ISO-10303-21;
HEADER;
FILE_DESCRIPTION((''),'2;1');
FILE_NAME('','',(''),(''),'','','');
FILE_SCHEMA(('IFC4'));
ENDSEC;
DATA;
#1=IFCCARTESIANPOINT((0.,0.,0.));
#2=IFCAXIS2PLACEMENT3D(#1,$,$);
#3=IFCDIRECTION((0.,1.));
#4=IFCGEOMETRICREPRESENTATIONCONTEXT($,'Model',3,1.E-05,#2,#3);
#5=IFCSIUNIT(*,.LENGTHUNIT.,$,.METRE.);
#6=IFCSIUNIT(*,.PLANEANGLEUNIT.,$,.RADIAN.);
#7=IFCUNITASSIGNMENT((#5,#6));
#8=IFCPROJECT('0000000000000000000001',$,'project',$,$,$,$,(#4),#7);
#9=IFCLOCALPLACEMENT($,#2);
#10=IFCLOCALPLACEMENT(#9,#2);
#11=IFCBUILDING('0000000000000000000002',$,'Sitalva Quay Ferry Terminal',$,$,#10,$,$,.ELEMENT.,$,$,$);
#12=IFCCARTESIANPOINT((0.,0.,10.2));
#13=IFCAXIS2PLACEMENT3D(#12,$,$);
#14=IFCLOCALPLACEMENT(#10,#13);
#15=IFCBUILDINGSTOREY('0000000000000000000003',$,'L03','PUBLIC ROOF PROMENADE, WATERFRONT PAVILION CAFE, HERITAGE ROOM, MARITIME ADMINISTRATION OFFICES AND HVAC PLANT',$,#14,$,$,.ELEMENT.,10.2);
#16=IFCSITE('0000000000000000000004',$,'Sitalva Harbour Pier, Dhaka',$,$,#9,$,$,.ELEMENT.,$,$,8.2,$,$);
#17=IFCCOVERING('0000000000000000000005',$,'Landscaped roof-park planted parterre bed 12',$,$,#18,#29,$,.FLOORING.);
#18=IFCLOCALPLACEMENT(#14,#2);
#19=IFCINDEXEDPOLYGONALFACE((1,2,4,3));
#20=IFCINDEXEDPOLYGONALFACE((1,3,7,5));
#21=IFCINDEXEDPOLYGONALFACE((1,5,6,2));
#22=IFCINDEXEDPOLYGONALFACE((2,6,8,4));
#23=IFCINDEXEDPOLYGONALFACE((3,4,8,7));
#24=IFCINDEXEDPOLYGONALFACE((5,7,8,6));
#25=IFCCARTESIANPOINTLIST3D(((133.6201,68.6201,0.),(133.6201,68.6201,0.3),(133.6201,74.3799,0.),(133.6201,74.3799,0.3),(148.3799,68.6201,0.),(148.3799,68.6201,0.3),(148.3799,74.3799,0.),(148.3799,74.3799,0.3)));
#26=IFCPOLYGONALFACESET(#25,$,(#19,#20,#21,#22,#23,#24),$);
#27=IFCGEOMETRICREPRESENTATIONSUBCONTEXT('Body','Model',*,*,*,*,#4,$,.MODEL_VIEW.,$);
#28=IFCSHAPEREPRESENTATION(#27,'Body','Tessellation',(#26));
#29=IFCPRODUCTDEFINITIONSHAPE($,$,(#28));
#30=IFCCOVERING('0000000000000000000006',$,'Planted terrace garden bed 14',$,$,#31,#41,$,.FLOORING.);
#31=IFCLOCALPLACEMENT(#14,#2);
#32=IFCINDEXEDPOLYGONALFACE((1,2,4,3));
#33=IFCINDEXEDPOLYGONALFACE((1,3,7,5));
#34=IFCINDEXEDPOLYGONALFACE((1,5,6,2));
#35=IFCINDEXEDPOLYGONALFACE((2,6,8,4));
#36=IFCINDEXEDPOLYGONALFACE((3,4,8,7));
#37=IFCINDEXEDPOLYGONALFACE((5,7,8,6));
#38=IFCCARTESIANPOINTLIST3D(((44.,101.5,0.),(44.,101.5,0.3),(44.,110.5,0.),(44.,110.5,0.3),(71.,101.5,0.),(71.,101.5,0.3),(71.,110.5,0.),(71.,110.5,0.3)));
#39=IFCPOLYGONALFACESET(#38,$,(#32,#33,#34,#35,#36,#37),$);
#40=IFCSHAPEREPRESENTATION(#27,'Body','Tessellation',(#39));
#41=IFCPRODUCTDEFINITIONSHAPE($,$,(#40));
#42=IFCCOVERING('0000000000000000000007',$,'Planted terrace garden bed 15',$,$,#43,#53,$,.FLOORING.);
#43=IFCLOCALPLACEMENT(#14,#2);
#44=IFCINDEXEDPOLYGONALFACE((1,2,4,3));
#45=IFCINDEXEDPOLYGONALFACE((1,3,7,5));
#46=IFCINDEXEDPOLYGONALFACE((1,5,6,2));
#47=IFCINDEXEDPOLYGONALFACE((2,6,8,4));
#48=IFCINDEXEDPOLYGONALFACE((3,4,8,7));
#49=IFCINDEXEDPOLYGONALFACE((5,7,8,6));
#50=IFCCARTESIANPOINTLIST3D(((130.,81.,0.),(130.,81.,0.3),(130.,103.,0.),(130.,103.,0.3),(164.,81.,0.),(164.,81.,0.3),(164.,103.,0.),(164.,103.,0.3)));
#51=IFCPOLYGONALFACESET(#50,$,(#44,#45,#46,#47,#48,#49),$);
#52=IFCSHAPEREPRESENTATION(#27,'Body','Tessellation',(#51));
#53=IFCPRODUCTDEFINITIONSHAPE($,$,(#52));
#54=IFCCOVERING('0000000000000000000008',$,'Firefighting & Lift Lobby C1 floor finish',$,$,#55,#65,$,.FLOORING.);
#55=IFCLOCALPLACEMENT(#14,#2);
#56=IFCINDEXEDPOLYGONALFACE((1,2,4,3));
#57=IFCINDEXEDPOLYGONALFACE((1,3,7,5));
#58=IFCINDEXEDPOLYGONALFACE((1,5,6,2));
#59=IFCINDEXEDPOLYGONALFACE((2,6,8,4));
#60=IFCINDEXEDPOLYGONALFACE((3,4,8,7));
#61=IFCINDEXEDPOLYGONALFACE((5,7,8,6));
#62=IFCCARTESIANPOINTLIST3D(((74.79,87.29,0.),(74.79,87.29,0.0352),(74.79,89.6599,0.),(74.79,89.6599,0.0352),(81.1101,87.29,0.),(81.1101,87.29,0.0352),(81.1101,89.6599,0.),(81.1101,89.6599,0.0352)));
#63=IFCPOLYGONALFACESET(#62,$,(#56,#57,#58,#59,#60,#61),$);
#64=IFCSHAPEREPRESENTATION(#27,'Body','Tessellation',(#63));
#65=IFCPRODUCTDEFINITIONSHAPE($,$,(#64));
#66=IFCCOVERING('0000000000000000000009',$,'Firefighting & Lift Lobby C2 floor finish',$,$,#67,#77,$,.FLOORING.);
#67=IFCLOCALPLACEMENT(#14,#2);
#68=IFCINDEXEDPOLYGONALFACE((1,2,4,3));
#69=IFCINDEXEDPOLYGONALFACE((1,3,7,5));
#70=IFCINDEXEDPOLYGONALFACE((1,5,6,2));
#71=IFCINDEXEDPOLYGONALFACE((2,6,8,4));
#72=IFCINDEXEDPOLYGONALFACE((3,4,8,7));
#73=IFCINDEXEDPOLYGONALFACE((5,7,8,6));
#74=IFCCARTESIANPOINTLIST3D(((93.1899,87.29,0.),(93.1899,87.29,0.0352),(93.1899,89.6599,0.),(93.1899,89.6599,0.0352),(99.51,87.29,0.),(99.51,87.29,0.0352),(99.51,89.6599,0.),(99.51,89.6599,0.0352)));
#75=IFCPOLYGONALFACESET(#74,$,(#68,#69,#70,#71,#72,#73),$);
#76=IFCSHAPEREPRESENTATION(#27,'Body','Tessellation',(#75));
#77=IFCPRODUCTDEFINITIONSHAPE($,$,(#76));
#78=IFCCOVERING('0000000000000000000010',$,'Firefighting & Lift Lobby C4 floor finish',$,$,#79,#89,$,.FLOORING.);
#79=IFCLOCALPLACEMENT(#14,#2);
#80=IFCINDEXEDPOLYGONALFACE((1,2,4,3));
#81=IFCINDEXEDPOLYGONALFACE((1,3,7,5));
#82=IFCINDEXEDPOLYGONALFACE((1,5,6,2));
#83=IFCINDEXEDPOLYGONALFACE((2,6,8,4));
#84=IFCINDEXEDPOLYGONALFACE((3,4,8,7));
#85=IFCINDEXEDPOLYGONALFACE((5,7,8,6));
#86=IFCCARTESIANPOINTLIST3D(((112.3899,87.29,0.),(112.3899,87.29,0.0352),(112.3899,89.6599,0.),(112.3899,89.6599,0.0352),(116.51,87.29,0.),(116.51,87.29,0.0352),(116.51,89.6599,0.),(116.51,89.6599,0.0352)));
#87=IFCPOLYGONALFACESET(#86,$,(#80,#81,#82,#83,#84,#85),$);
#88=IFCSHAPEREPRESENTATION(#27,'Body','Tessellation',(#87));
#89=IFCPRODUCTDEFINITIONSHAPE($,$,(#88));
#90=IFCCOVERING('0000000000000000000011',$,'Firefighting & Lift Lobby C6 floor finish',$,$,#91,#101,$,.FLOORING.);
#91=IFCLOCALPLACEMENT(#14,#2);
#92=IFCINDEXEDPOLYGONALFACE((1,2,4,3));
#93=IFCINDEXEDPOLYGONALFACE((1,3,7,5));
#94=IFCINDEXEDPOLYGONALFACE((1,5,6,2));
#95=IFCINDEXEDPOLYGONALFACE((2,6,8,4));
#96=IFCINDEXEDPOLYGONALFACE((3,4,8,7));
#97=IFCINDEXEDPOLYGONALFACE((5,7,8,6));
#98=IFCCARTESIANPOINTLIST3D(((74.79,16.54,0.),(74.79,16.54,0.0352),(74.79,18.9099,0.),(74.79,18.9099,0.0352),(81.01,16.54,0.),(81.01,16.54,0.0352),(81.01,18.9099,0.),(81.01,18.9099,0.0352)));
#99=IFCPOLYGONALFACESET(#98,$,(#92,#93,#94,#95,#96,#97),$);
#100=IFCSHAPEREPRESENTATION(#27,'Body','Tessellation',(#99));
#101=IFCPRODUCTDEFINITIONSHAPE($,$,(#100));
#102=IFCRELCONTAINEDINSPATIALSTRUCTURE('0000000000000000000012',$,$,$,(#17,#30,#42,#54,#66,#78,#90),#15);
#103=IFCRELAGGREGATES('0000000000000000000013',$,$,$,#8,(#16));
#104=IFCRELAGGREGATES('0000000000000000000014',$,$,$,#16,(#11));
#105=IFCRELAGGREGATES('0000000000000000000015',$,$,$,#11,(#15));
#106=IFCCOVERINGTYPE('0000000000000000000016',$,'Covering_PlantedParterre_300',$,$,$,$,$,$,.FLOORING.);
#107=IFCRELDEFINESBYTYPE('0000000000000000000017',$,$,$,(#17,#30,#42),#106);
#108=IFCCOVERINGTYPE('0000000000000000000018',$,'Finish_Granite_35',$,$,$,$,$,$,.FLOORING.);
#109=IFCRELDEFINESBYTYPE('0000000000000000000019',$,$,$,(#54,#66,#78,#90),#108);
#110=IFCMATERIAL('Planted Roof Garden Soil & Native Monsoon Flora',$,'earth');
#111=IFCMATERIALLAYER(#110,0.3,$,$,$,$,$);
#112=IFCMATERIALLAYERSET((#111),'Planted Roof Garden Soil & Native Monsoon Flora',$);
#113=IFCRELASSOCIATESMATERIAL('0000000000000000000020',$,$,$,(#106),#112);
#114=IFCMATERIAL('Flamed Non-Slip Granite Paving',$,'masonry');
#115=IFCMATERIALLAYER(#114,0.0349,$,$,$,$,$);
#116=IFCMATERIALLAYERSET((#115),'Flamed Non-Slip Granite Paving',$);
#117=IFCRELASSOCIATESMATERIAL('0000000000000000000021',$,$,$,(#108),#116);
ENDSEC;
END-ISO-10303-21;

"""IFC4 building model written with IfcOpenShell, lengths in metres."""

from ifc_helpers import new_model, si_unit, direction, frame, origin, place, context, subcontext, project, spatial, polyline, outline, extrude, material, layer, layer_set, type_object, element, save


model = new_model("IFC4")

# Units and contexts
model_context = context("Model", 3, precision=1e-05, world=origin(), true_north=direction((0.0, 1.0)))
body_context = subcontext(model_context, "Body", "Model", "MODEL_VIEW")
ifc_project = project(units=[si_unit("LENGTHUNIT", "METRE"), si_unit("PLANEANGLEUNIT", "RADIAN")], contexts=[model_context])

# Site, building, storey
site_placement = place(None, origin())
site = spatial("IfcSite", under=ifc_project, at=site_placement, Name="Sitalva Harbour Pier, Dhaka", CompositionType="ELEMENT", RefElevation=8.2)
building_placement = place(site_placement, origin())
building = spatial("IfcBuilding", under=site, at=building_placement, Name="Sitalva Quay Ferry Terminal", CompositionType="ELEMENT")
storey_placement = place(building_placement, frame((0.0, 0.0, 10.2)))
storey = spatial("IfcBuildingStorey", under=building, at=storey_placement, Name="L03", Description="PUBLIC ROOF PROMENADE, WATERFRONT PAVILION CAFE, HERITAGE ROOM, MARITIME ADMINISTRATION OFFICES AND HVAC PLANT", CompositionType="ELEMENT", Elevation=10.2)

# Coverings
ifc_material_1 = material(Name="Planted Roof Garden Soil & Native Monsoon Flora", Category="earth")
ifc_layer_1 = layer(ifc_material_1, 0.3)
ifc_layer_set_1 = layer_set([ifc_layer_1], Name="Planted Roof Garden Soil & Native Monsoon Flora")
covering_type_1 = type_object("IfcCoveringType", Name="Covering_PlantedParterre_300", PredefinedType="FLOORING", material=ifc_layer_set_1)
covering_1_placement = place(storey_placement, origin())
element("IfcCovering", 1, at=covering_1_placement, inside=storey, type_object=covering_type_1, Name="Landscaped roof-park planted parterre bed 12", PredefinedType="FLOORING", context=body_context, shape_type="SweptSolid", body=[
    extrude(outline(polyline([(133.6201, 68.6201), (148.3799, 68.6201), (148.3799, 74.3799), (133.6201, 74.3799), (133.6201, 68.6201)])), origin(), (0.0, 0.0, 1.0), 0.3),
])
covering_2_placement = place(storey_placement, origin())
element("IfcCovering", 2, at=covering_2_placement, inside=storey, type_object=covering_type_1, Name="Planted terrace garden bed 14", PredefinedType="FLOORING", context=body_context, shape_type="SweptSolid", body=[
    extrude(outline(polyline([(44.0, 101.5), (71.0, 101.5), (71.0, 110.5), (44.0, 110.5), (44.0, 101.5)])), origin(), (0.0, 0.0, 1.0), 0.3),
])
covering_3_placement = place(storey_placement, origin())
element("IfcCovering", 3, at=covering_3_placement, inside=storey, type_object=covering_type_1, Name="Planted terrace garden bed 15", PredefinedType="FLOORING", context=body_context, shape_type="SweptSolid", body=[
    extrude(outline(polyline([(130.0, 81.0), (164.0, 81.0), (164.0, 103.0), (130.0, 103.0), (130.0, 81.0)])), origin(), (0.0, 0.0, 1.0), 0.3),
])
ifc_material_2 = material(Name="Flamed Non-Slip Granite Paving", Category="masonry")
ifc_layer_2 = layer(ifc_material_2, 0.0349)
ifc_layer_set_2 = layer_set([ifc_layer_2], Name="Flamed Non-Slip Granite Paving")
covering_type_2 = type_object("IfcCoveringType", Name="Finish_Granite_35", PredefinedType="FLOORING", material=ifc_layer_set_2)
covering_4_placement = place(storey_placement, origin())
element("IfcCovering", 4, at=covering_4_placement, inside=storey, type_object=covering_type_2, Name="Firefighting & Lift Lobby C1 floor finish", PredefinedType="FLOORING", context=body_context, shape_type="SweptSolid", body=[
    extrude(outline(polyline([(74.79, 87.29), (81.1101, 87.29), (81.1101, 89.6599), (74.79, 89.6599), (74.79, 87.29)])), origin(), (0.0, 0.0, 1.0), 0.0352),
])
covering_5_placement = place(storey_placement, origin())
element("IfcCovering", 5, at=covering_5_placement, inside=storey, type_object=covering_type_2, Name="Firefighting & Lift Lobby C2 floor finish", PredefinedType="FLOORING", context=body_context, shape_type="SweptSolid", body=[
    extrude(outline(polyline([(93.1899, 87.29), (99.51, 87.29), (99.51, 89.6599), (93.1899, 89.6599), (93.1899, 87.29)])), origin(), (0.0, 0.0, 1.0), 0.0352),
])
covering_6_placement = place(storey_placement, origin())
element("IfcCovering", 6, at=covering_6_placement, inside=storey, type_object=covering_type_2, Name="Firefighting & Lift Lobby C4 floor finish", PredefinedType="FLOORING", context=body_context, shape_type="SweptSolid", body=[
    extrude(outline(polyline([(112.3899, 87.29), (116.51, 87.29), (116.51, 89.6599), (112.3899, 89.6599), (112.3899, 87.29)])), origin(), (0.0, 0.0, 1.0), 0.0352),
])
covering_7_placement = place(storey_placement, origin())
element("IfcCovering", 7, at=covering_7_placement, inside=storey, type_object=covering_type_2, Name="Firefighting & Lift Lobby C6 floor finish", PredefinedType="FLOORING", context=body_context, shape_type="SweptSolid", body=[
    extrude(outline(polyline([(74.79, 16.54), (81.01, 16.54), (81.01, 18.9099), (74.79, 18.9099), (74.79, 16.54)])), origin(), (0.0, 0.0, 1.0), 0.0352),
])

save(model, "model.ifc")
